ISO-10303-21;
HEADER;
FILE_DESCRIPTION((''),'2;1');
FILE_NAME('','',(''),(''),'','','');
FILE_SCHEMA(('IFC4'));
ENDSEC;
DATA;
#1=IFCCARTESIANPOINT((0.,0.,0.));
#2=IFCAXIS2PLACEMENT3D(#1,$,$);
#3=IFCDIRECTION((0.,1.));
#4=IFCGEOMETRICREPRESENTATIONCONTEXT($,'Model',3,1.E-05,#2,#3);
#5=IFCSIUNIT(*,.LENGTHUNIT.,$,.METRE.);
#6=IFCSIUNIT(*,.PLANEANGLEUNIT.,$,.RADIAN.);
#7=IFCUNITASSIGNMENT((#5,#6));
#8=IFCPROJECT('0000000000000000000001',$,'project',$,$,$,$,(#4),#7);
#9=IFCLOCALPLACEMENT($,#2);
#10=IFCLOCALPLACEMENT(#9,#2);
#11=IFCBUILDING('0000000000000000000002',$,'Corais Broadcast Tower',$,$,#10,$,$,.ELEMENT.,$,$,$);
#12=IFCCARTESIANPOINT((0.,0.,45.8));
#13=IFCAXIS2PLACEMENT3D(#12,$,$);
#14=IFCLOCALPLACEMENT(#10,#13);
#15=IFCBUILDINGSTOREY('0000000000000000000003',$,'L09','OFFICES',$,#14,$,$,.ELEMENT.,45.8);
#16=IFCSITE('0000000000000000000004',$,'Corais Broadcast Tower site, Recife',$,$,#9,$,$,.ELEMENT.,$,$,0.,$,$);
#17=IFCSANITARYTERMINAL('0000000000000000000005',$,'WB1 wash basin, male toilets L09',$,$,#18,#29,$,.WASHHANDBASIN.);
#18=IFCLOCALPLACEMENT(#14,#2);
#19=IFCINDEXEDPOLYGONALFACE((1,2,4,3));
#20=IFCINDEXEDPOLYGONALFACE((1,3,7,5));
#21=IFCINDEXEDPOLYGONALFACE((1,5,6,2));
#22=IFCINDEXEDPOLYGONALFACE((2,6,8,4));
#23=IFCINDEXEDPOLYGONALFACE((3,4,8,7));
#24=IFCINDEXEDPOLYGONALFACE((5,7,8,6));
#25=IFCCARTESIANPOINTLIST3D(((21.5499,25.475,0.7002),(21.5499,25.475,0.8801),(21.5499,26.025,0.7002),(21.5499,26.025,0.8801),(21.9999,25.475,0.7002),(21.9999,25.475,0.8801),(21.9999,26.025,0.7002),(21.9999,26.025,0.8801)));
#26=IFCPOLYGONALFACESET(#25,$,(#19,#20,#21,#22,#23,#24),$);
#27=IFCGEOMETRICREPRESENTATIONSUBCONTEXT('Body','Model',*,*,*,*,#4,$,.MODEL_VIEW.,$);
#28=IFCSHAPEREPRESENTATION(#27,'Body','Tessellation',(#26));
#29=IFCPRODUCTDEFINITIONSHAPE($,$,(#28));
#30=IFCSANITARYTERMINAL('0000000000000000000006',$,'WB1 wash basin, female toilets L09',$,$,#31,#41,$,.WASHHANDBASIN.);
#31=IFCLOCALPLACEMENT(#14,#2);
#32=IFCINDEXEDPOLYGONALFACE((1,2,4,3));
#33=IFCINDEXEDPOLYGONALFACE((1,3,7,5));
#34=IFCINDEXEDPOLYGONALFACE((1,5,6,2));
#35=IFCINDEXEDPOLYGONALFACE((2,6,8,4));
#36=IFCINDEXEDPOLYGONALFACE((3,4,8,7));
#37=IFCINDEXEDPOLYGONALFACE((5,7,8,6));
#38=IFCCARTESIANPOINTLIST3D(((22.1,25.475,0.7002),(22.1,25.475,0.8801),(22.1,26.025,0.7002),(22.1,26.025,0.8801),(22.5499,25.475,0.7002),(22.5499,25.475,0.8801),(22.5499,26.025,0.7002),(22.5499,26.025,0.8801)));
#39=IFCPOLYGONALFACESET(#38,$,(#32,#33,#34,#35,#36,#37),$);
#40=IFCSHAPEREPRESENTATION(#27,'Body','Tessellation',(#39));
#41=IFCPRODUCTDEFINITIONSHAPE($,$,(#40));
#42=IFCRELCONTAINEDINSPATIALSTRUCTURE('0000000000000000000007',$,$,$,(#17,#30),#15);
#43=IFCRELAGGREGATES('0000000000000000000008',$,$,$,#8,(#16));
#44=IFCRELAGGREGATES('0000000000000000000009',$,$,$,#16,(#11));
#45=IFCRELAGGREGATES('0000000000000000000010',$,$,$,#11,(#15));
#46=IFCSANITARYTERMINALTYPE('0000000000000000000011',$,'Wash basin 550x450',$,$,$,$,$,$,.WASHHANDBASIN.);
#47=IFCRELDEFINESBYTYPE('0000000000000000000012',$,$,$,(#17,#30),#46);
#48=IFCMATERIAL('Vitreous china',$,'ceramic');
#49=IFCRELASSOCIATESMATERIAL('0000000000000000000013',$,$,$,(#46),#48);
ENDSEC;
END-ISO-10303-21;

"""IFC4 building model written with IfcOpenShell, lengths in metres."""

from ifc_helpers import new_model, si_unit, direction, frame, origin, origin_2d, place, context, subcontext, project, spatial, rectangle, extrude, material, type_object, element, save


model = new_model("IFC4")

# Units and contexts
model_context = context("Model", 3, precision=1e-05, world=origin(), true_north=direction((0.0, 1.0)))
body_context = subcontext(model_context, "Body", "Model", "MODEL_VIEW")
ifc_project = project(units=[si_unit("LENGTHUNIT", "METRE"), si_unit("PLANEANGLEUNIT", "RADIAN")], contexts=[model_context])

# Site, building, storey
site_placement = place(None, origin())
site = spatial("IfcSite", under=ifc_project, at=site_placement, Name="Corais Broadcast Tower site, Recife", CompositionType="ELEMENT", RefElevation=0.0)
building_placement = place(site_placement, origin())
building = spatial("IfcBuilding", under=site, at=building_placement, Name="Corais Broadcast Tower", CompositionType="ELEMENT")
storey_placement = place(building_placement, frame((0.0, 0.0, 45.8)))
storey = spatial("IfcBuildingStorey", under=building, at=storey_placement, Name="L09", Description="OFFICES", CompositionType="ELEMENT", Elevation=45.8)

# Sanitary terminals
ifc_material_1 = material(Name="Vitreous china", Category="ceramic")
sanitary_terminal_type_1 = type_object("IfcSanitaryTerminalType", Name="Wash basin 550x450", PredefinedType="WASHHANDBASIN", material=ifc_material_1)
for number, where, z_axis, x_axis, name in (
    (1, (21.7749, 25.75, 0.7002), (0.0, 0.0, 1.0), (1.0, 0.0, 0.0), "WB1 wash basin, male toilets L09"),
    (2, (22.325, 25.75, 0.7002), (0.0, 0.0, 1.0), (1.0, 0.0, 0.0), "WB1 wash basin, female toilets L09"),
):
    element("IfcSanitaryTerminal", number, at=place(storey_placement, frame(where, z_axis=z_axis, x_axis=x_axis)), inside=storey, type_object=sanitary_terminal_type_1, Name=name, PredefinedType="WASHHANDBASIN", context=body_context, shape_type="SweptSolid", body=[
        extrude(rectangle(XDim=0.45, YDim=0.55, at=origin_2d()), origin(), (0.0, 0.0, 1.0), 0.1799),
    ])

save(model, "model.ifc")
